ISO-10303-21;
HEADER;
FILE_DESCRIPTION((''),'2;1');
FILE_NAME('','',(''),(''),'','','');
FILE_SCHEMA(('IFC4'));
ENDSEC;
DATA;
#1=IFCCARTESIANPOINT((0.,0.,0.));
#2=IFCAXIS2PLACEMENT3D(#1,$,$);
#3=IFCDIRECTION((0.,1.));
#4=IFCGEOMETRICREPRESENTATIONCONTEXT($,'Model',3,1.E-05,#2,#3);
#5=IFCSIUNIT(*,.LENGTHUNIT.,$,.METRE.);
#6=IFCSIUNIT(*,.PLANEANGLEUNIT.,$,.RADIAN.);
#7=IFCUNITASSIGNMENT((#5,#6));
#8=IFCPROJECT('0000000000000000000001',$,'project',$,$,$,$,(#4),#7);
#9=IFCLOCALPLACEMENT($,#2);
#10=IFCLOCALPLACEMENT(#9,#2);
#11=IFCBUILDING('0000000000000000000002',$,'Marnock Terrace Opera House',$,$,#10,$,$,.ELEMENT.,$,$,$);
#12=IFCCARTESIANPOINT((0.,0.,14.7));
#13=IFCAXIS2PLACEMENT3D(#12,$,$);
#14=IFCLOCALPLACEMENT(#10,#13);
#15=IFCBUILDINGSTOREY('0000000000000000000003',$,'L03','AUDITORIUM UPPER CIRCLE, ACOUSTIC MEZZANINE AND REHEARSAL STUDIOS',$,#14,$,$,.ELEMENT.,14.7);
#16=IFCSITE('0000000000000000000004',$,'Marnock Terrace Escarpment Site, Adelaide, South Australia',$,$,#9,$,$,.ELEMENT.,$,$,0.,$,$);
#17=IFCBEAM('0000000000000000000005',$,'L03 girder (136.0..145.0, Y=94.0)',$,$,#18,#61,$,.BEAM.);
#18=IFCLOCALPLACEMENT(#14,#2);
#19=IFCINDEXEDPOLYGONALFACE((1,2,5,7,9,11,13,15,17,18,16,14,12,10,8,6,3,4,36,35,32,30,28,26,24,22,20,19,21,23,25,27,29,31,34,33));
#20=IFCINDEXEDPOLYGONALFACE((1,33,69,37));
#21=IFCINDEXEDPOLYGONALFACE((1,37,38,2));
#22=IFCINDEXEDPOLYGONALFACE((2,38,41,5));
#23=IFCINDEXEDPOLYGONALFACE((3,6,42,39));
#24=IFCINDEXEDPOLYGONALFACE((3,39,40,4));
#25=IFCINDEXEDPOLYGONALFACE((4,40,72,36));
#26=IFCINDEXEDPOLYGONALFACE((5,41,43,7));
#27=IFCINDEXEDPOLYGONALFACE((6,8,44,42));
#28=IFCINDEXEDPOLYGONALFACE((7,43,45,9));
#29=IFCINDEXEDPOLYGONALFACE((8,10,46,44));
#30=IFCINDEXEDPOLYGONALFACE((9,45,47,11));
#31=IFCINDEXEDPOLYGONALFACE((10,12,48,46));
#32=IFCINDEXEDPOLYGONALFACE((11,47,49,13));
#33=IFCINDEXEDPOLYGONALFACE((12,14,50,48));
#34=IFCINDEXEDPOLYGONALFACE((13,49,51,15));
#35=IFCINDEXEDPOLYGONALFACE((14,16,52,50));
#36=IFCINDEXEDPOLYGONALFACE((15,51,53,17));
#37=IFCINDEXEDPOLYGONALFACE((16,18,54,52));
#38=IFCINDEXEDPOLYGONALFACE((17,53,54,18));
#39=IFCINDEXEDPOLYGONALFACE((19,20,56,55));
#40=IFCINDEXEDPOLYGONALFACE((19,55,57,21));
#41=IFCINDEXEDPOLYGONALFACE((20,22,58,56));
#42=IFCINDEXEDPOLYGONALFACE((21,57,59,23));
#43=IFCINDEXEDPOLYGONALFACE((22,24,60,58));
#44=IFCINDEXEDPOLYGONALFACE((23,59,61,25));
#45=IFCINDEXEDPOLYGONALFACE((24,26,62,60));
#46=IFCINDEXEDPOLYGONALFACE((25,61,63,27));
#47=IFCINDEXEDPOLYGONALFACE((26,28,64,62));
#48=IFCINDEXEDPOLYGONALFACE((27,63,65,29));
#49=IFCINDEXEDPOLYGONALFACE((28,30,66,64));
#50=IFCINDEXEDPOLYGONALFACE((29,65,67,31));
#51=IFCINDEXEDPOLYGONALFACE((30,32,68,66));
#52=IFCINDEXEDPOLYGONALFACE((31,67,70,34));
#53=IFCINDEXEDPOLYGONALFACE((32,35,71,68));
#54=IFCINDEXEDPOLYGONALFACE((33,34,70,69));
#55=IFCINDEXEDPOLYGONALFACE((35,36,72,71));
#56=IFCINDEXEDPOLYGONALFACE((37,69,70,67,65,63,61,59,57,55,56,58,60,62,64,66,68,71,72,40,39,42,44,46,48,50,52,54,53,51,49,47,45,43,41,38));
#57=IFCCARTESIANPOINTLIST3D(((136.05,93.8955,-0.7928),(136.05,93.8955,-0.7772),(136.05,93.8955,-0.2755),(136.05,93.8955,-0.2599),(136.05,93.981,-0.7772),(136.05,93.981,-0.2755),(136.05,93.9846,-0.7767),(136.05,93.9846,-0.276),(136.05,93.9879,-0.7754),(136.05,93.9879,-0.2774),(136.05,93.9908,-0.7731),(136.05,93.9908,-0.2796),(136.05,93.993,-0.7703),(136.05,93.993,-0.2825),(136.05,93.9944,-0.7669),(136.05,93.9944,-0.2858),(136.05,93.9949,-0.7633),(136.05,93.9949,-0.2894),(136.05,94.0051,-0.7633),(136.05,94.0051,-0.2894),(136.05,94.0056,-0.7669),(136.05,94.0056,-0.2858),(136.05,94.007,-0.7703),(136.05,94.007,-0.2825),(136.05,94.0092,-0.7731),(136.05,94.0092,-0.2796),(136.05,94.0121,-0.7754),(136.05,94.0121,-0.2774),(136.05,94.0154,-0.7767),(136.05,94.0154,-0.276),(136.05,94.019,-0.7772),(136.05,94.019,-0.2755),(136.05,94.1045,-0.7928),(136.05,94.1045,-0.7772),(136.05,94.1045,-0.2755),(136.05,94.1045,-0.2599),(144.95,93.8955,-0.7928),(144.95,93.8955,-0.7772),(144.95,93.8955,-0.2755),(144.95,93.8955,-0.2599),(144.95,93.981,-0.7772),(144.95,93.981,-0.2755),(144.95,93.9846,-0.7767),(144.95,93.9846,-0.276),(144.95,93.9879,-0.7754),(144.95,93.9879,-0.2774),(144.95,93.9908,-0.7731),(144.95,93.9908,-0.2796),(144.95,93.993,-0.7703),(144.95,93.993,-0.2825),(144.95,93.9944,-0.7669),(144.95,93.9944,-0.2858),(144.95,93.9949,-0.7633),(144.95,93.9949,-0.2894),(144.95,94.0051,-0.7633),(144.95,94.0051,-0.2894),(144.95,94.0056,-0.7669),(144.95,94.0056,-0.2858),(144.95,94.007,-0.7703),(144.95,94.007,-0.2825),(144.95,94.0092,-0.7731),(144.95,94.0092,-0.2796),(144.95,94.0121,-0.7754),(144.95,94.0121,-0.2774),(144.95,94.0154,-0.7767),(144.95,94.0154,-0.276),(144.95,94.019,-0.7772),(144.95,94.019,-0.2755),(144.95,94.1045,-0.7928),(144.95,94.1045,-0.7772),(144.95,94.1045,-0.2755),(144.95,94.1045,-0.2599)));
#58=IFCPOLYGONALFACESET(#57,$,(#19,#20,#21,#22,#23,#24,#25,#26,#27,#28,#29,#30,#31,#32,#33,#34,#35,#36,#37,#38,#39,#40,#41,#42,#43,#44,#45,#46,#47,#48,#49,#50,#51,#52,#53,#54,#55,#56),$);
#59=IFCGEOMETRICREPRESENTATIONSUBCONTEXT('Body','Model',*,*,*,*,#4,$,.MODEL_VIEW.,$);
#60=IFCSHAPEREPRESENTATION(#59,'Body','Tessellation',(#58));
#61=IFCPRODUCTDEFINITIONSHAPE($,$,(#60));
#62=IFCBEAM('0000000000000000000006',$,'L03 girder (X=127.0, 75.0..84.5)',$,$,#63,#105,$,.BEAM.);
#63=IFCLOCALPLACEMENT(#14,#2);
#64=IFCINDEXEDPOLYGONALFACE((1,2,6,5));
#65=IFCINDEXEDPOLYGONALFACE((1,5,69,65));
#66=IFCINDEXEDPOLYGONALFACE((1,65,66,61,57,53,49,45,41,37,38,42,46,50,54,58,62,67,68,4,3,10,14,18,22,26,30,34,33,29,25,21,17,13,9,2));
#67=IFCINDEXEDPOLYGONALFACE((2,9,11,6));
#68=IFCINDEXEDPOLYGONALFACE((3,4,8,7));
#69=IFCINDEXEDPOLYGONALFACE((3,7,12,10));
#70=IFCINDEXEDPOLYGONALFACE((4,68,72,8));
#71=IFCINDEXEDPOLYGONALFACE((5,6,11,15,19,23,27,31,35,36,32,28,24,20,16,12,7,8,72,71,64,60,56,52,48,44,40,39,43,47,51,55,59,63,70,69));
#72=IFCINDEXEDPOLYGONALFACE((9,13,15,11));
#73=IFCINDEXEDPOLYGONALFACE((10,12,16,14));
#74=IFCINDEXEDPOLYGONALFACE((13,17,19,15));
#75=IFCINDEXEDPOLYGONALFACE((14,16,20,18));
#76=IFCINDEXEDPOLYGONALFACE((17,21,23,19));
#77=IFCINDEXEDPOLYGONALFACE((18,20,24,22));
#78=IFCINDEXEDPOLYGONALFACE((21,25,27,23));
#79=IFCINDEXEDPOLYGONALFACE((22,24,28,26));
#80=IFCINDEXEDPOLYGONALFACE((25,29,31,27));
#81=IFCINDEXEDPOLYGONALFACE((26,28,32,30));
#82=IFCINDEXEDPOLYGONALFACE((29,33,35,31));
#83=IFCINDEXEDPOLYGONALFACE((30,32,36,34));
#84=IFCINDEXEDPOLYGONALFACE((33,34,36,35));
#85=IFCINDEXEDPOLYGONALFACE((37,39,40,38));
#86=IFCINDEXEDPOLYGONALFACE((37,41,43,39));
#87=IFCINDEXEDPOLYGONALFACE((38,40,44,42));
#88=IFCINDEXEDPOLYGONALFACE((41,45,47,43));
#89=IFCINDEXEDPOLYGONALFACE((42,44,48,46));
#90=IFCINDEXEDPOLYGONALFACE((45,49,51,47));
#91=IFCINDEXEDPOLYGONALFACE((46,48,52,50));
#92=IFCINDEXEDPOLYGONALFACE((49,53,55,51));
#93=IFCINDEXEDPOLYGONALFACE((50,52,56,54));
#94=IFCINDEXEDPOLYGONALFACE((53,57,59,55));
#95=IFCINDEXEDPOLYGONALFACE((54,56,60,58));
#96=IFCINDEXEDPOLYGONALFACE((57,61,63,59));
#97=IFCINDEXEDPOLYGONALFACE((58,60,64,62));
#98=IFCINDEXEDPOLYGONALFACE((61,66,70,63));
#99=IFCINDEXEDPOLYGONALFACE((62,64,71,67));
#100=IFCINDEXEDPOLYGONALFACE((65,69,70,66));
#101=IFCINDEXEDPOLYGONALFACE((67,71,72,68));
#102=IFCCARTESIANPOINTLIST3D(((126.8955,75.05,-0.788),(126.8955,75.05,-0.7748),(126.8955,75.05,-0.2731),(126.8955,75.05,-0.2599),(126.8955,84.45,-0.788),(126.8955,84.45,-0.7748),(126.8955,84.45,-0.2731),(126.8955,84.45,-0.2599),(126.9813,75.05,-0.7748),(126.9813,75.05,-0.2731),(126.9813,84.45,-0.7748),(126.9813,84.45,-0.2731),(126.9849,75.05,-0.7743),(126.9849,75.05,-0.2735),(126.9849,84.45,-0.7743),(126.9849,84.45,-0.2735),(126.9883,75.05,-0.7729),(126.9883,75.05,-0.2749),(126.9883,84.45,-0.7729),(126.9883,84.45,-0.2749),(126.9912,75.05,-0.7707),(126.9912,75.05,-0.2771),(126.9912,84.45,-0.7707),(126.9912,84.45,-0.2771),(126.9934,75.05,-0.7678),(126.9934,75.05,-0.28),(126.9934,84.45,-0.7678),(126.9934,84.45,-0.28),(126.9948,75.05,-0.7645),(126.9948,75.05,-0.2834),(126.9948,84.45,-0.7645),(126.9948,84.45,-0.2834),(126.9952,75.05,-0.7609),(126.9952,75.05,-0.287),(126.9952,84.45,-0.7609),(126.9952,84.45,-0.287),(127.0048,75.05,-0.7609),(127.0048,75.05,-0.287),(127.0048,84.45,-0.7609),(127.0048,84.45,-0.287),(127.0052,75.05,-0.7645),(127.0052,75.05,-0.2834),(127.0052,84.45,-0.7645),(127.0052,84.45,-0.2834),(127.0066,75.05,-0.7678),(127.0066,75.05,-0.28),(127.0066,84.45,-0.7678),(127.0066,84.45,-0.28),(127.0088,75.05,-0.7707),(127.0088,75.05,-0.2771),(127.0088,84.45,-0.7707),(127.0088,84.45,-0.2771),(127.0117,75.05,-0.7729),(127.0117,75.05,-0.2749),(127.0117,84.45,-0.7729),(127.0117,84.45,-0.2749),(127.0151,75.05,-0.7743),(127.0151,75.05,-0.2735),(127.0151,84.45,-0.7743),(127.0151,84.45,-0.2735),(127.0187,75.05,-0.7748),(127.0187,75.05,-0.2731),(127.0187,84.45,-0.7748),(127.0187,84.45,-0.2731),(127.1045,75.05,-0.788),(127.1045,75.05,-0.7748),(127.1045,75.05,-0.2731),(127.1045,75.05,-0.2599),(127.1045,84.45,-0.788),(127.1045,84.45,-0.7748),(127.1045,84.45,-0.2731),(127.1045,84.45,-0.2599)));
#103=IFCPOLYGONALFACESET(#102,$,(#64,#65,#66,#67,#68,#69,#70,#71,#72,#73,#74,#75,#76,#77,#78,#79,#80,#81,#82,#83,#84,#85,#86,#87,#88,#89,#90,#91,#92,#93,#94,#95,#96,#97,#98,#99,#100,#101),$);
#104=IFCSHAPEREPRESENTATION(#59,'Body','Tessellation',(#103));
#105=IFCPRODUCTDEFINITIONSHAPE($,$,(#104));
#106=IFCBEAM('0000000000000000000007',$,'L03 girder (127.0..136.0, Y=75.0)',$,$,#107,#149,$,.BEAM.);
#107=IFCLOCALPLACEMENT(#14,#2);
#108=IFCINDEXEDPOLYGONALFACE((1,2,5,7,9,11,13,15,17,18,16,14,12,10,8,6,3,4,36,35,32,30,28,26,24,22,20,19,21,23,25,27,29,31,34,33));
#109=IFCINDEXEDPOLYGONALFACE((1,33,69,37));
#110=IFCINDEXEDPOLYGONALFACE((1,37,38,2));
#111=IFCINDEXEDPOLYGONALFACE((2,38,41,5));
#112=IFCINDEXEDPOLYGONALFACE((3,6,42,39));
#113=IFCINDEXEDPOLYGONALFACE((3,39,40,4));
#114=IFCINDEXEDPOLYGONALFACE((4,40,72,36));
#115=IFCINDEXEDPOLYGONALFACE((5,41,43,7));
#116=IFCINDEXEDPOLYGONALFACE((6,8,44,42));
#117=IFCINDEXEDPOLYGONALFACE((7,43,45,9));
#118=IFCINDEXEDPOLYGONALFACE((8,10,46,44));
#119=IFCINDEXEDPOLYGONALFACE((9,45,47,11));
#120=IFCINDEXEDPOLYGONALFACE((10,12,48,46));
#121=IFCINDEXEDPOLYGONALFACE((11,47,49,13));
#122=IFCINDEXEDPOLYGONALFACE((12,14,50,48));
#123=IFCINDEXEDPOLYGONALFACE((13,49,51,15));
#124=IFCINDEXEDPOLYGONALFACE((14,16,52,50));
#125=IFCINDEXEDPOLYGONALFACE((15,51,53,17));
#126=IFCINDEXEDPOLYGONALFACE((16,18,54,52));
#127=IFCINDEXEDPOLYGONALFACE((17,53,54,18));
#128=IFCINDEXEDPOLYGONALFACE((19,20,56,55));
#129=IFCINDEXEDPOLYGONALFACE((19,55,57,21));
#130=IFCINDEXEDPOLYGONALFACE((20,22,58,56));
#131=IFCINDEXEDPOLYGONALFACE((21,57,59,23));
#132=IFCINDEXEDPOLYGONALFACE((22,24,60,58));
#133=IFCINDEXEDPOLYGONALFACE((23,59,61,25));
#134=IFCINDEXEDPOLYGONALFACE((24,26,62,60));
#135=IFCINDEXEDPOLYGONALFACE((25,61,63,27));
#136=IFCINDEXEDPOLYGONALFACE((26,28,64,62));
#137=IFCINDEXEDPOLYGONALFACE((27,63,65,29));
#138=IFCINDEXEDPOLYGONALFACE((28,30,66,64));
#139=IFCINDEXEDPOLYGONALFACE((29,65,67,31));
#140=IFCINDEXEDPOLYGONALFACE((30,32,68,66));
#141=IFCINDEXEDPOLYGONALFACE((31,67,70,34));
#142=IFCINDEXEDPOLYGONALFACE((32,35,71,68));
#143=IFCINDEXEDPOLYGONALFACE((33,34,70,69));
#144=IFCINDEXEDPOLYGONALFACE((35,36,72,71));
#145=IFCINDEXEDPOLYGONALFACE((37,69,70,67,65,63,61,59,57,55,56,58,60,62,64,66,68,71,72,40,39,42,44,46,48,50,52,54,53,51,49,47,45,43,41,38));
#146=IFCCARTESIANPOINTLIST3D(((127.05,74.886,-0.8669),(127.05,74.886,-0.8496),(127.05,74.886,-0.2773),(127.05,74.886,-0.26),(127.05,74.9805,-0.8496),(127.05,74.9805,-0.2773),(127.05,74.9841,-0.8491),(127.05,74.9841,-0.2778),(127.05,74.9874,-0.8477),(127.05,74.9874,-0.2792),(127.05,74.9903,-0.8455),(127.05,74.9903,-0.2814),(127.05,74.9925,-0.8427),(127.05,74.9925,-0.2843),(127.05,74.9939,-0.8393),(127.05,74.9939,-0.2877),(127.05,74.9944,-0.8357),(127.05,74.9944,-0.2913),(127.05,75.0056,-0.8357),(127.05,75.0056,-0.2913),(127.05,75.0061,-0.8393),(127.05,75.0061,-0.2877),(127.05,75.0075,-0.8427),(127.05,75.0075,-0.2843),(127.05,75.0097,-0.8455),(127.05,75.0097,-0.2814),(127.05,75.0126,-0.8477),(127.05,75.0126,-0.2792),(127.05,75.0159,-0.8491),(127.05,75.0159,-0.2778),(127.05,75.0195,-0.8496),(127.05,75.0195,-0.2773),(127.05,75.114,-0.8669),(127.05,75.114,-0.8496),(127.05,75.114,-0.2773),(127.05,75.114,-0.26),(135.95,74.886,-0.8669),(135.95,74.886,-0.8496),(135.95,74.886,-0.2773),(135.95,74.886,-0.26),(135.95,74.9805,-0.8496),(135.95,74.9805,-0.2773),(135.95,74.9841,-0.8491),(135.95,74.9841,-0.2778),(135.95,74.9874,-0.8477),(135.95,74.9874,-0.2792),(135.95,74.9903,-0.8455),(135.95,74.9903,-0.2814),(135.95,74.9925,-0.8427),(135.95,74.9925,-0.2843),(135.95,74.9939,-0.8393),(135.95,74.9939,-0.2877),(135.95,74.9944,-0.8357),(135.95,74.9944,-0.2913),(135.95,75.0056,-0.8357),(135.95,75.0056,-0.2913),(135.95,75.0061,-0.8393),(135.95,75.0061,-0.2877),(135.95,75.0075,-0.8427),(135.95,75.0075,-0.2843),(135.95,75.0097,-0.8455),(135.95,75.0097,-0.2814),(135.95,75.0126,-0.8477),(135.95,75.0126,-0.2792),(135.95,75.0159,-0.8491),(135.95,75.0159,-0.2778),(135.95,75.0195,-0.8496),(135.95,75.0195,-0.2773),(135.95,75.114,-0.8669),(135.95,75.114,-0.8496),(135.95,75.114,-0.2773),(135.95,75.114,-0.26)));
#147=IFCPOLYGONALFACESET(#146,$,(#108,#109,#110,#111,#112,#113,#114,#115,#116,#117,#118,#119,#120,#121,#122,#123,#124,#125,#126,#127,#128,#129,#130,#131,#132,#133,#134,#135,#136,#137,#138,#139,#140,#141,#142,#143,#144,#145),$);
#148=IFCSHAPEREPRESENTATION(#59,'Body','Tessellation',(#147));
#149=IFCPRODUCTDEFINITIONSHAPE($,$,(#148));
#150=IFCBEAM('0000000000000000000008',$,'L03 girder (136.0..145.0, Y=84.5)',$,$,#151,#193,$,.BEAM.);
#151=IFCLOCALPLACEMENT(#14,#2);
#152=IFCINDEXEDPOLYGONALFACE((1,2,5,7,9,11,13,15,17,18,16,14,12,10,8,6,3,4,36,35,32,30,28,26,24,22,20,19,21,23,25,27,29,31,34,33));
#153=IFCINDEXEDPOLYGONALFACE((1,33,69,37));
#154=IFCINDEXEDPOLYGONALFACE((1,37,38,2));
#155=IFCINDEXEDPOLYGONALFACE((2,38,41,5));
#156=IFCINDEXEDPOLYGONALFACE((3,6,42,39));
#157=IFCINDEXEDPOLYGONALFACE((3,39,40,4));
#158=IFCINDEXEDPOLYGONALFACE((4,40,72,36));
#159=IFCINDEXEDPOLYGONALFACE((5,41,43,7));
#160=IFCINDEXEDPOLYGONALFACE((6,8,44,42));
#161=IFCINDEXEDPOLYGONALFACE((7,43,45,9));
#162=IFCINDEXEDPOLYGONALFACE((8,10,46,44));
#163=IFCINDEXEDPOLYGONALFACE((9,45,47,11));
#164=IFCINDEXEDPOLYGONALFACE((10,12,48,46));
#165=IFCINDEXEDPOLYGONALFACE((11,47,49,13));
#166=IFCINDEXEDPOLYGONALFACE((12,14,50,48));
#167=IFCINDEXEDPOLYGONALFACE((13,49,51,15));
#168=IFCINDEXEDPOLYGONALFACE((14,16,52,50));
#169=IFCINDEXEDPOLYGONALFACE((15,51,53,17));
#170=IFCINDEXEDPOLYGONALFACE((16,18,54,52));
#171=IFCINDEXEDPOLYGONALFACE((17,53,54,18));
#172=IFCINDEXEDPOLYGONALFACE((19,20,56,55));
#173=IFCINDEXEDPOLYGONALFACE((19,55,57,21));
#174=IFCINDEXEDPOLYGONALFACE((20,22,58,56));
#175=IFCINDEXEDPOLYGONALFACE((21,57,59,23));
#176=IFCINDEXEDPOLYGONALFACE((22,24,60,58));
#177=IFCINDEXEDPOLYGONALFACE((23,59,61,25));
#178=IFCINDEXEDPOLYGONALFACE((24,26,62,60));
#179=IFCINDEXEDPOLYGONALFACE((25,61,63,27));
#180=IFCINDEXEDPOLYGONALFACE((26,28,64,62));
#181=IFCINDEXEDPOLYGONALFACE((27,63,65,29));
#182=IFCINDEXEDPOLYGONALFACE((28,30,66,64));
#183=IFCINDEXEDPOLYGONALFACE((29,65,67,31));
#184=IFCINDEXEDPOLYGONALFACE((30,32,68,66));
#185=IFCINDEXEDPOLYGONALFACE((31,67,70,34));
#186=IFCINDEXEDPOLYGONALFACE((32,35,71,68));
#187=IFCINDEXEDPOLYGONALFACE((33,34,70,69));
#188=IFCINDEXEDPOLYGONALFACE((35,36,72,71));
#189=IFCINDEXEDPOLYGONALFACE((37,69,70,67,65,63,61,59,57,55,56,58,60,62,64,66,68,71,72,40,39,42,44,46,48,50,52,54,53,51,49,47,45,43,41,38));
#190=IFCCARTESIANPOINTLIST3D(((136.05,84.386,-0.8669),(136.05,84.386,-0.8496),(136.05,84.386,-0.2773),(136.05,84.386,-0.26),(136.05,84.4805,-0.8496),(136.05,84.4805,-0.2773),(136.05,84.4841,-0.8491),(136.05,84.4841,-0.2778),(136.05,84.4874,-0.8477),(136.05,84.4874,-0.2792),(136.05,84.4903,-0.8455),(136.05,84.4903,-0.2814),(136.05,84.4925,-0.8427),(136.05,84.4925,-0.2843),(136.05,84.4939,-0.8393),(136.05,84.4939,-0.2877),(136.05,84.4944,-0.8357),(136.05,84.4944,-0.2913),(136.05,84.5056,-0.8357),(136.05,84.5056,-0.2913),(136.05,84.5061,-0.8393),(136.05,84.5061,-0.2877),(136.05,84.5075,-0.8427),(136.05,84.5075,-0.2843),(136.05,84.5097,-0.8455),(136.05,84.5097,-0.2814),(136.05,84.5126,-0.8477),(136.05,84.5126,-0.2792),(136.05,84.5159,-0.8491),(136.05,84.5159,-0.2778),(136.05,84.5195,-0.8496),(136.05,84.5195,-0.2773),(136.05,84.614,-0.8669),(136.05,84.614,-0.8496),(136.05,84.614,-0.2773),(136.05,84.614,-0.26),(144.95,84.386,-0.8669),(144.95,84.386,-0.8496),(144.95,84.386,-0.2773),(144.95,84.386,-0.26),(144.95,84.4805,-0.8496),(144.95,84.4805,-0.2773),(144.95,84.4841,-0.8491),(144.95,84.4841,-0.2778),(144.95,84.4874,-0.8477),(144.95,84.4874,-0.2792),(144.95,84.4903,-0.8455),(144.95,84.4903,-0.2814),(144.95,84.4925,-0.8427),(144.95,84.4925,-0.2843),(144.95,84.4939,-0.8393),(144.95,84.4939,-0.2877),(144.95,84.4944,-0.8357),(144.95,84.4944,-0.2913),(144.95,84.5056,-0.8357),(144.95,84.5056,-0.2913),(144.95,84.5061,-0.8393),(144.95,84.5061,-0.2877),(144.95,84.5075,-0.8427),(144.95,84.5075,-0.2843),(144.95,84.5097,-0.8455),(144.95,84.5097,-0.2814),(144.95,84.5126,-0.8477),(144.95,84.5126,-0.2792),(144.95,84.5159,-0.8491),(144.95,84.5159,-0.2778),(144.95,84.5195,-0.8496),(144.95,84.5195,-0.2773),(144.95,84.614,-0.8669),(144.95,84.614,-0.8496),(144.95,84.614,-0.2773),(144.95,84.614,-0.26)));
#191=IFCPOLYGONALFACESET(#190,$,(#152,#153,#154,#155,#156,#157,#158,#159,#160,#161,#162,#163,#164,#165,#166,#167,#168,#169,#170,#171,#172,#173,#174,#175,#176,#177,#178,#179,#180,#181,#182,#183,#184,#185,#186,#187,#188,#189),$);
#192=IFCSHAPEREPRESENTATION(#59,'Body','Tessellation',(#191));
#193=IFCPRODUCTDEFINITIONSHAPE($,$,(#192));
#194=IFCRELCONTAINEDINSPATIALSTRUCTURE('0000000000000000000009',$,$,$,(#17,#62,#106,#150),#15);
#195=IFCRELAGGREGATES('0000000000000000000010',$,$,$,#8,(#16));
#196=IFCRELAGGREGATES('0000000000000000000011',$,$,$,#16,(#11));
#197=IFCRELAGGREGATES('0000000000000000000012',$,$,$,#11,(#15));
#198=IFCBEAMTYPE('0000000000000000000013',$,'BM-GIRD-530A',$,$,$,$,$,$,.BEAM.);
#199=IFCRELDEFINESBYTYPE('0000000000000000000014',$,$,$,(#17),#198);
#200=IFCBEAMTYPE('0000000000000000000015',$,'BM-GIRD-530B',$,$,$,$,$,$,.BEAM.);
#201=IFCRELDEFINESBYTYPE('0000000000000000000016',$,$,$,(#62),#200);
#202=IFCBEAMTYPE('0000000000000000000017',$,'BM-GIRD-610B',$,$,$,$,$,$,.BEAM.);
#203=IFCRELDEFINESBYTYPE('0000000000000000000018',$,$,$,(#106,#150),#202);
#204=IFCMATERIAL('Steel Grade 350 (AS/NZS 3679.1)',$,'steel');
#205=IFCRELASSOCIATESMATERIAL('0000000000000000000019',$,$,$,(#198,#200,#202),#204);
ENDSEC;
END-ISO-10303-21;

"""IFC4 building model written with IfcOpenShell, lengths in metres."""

from ifc_helpers import new_model, si_unit, direction, frame, origin, origin_2d, place, context, subcontext, project, spatial, i_section, extrude, material, material_profile, profile_set, type_object, element, save


model = new_model("IFC4")

# Units and contexts
model_context = context("Model", 3, precision=1e-05, world=origin(), true_north=direction((0.0, 1.0)))
body_context = subcontext(model_context, "Body", "Model", "MODEL_VIEW")
ifc_project = project(units=[si_unit("LENGTHUNIT", "METRE"), si_unit("PLANEANGLEUNIT", "RADIAN")], contexts=[model_context])

# Site, building, storey
site_placement = place(None, origin())
site = spatial("IfcSite", under=ifc_project, at=site_placement, Name="Marnock Terrace Escarpment Site, Adelaide, South Australia", CompositionType="ELEMENT", RefElevation=0.0)
building_placement = place(site_placement, origin())
building = spatial("IfcBuilding", under=site, at=building_placement, Name="Marnock Terrace Opera House", CompositionType="ELEMENT")
storey_placement = place(building_placement, frame((0.0, 0.0, 14.7)))
storey = spatial("IfcBuildingStorey", under=building, at=storey_placement, Name="L03", Description="AUDITORIUM UPPER CIRCLE, ACOUSTIC MEZZANINE AND REHEARSAL STUDIOS", CompositionType="ELEMENT", Elevation=14.7)

# Beams
ifc_material_1 = material(Name="Steel Grade 350 (AS/NZS 3679.1)", Category="steel")
ifc_material_profile_1 = material_profile(ifc_material_1, i_section(OverallWidth=0.209, OverallDepth=0.533, WebThickness=0.0103, FlangeThickness=0.0156, FilletRadius=0.0139, at=origin_2d()))
ifc_profile_set_1 = profile_set([ifc_material_profile_1], Name="Steel Grade 350 (AS/NZS 3679.1)")
beam_type_1 = type_object("IfcBeamType", Name="BM-GIRD-530A", PredefinedType="BEAM", material=ifc_profile_set_1)
for number, where, z_axis, x_axis, name in (
    (1, (136.05, 94.0, -0.5264), (1.0, 0.0, 0.0), (0.0, 1.0, 0.0), "L03 girder (136.0..145.0, Y=94.0)"),
):
    element("IfcBeam", number, at=place(storey_placement, frame(where, z_axis=z_axis, x_axis=x_axis)), inside=storey, type_object=beam_type_1, Name=name, PredefinedType="BEAM", context=body_context, shape_type="SweptSolid", body=[
        extrude(i_section(OverallWidth=0.209, OverallDepth=0.533, WebThickness=0.0103, FlangeThickness=0.0156, FilletRadius=0.0139, at=origin_2d()), origin(), (0.0, 0.0, 1.0), 8.8999),
    ])
ifc_material_profile_2 = material_profile(ifc_material_1, i_section(OverallWidth=0.209, OverallDepth=0.5281, WebThickness=0.0095, FlangeThickness=0.0132, FilletRadius=0.0139, at=origin_2d()))
ifc_profile_set_2 = profile_set([ifc_material_profile_2], Name="Steel Grade 350 (AS/NZS 3679.1)")
beam_type_2 = type_object("IfcBeamType", Name="BM-GIRD-530B", PredefinedType="BEAM", material=ifc_profile_set_2)
beam_1_placement = place(storey_placement, frame((127.0, 75.05, -0.5239), z_axis=(0.0, 1.0, 0.0), x_axis=(-1.0, 0.0, 0.0)))
element("IfcBeam", 2, at=beam_1_placement, inside=storey, type_object=beam_type_2, Name="L03 girder (X=127.0, 75.0..84.5)", PredefinedType="BEAM", context=body_context, shape_type="SweptSolid", body=[
    extrude(i_section(OverallWidth=0.209, OverallDepth=0.5281, WebThickness=0.0095, FlangeThickness=0.0132, FilletRadius=0.0139, at=origin_2d()), origin(), (0.0, 0.0, 1.0), 9.3999),
])
ifc_material_profile_3 = material_profile(ifc_material_1, i_section(OverallWidth=0.228, OverallDepth=0.6069, WebThickness=0.0112, FlangeThickness=0.0173, FilletRadius=0.0139, at=origin_2d()))
ifc_profile_set_3 = profile_set([ifc_material_profile_3], Name="Steel Grade 350 (AS/NZS 3679.1)")
beam_type_3 = type_object("IfcBeamType", Name="BM-GIRD-610B", PredefinedType="BEAM", material=ifc_profile_set_3)
for number, where, z_axis, x_axis, name in (
    (3, (127.05, 75.0, -0.5635), (1.0, 0.0, 0.0), (0.0, 1.0, 0.0), "L03 girder (127.0..136.0, Y=75.0)"),
    (4, (136.05, 84.5, -0.5635), (1.0, 0.0, 0.0), (0.0, 1.0, 0.0), "L03 girder (136.0..145.0, Y=84.5)"),
):
    element("IfcBeam", number, at=place(storey_placement, frame(where, z_axis=z_axis, x_axis=x_axis)), inside=storey, type_object=beam_type_3, Name=name, PredefinedType="BEAM", context=body_context, shape_type="SweptSolid", body=[
        extrude(i_section(OverallWidth=0.228, OverallDepth=0.6069, WebThickness=0.0112, FlangeThickness=0.0173, FilletRadius=0.0139, at=origin_2d()), origin(), (0.0, 0.0, 1.0), 8.8999),
    ])

save(model, "model.ifc")
